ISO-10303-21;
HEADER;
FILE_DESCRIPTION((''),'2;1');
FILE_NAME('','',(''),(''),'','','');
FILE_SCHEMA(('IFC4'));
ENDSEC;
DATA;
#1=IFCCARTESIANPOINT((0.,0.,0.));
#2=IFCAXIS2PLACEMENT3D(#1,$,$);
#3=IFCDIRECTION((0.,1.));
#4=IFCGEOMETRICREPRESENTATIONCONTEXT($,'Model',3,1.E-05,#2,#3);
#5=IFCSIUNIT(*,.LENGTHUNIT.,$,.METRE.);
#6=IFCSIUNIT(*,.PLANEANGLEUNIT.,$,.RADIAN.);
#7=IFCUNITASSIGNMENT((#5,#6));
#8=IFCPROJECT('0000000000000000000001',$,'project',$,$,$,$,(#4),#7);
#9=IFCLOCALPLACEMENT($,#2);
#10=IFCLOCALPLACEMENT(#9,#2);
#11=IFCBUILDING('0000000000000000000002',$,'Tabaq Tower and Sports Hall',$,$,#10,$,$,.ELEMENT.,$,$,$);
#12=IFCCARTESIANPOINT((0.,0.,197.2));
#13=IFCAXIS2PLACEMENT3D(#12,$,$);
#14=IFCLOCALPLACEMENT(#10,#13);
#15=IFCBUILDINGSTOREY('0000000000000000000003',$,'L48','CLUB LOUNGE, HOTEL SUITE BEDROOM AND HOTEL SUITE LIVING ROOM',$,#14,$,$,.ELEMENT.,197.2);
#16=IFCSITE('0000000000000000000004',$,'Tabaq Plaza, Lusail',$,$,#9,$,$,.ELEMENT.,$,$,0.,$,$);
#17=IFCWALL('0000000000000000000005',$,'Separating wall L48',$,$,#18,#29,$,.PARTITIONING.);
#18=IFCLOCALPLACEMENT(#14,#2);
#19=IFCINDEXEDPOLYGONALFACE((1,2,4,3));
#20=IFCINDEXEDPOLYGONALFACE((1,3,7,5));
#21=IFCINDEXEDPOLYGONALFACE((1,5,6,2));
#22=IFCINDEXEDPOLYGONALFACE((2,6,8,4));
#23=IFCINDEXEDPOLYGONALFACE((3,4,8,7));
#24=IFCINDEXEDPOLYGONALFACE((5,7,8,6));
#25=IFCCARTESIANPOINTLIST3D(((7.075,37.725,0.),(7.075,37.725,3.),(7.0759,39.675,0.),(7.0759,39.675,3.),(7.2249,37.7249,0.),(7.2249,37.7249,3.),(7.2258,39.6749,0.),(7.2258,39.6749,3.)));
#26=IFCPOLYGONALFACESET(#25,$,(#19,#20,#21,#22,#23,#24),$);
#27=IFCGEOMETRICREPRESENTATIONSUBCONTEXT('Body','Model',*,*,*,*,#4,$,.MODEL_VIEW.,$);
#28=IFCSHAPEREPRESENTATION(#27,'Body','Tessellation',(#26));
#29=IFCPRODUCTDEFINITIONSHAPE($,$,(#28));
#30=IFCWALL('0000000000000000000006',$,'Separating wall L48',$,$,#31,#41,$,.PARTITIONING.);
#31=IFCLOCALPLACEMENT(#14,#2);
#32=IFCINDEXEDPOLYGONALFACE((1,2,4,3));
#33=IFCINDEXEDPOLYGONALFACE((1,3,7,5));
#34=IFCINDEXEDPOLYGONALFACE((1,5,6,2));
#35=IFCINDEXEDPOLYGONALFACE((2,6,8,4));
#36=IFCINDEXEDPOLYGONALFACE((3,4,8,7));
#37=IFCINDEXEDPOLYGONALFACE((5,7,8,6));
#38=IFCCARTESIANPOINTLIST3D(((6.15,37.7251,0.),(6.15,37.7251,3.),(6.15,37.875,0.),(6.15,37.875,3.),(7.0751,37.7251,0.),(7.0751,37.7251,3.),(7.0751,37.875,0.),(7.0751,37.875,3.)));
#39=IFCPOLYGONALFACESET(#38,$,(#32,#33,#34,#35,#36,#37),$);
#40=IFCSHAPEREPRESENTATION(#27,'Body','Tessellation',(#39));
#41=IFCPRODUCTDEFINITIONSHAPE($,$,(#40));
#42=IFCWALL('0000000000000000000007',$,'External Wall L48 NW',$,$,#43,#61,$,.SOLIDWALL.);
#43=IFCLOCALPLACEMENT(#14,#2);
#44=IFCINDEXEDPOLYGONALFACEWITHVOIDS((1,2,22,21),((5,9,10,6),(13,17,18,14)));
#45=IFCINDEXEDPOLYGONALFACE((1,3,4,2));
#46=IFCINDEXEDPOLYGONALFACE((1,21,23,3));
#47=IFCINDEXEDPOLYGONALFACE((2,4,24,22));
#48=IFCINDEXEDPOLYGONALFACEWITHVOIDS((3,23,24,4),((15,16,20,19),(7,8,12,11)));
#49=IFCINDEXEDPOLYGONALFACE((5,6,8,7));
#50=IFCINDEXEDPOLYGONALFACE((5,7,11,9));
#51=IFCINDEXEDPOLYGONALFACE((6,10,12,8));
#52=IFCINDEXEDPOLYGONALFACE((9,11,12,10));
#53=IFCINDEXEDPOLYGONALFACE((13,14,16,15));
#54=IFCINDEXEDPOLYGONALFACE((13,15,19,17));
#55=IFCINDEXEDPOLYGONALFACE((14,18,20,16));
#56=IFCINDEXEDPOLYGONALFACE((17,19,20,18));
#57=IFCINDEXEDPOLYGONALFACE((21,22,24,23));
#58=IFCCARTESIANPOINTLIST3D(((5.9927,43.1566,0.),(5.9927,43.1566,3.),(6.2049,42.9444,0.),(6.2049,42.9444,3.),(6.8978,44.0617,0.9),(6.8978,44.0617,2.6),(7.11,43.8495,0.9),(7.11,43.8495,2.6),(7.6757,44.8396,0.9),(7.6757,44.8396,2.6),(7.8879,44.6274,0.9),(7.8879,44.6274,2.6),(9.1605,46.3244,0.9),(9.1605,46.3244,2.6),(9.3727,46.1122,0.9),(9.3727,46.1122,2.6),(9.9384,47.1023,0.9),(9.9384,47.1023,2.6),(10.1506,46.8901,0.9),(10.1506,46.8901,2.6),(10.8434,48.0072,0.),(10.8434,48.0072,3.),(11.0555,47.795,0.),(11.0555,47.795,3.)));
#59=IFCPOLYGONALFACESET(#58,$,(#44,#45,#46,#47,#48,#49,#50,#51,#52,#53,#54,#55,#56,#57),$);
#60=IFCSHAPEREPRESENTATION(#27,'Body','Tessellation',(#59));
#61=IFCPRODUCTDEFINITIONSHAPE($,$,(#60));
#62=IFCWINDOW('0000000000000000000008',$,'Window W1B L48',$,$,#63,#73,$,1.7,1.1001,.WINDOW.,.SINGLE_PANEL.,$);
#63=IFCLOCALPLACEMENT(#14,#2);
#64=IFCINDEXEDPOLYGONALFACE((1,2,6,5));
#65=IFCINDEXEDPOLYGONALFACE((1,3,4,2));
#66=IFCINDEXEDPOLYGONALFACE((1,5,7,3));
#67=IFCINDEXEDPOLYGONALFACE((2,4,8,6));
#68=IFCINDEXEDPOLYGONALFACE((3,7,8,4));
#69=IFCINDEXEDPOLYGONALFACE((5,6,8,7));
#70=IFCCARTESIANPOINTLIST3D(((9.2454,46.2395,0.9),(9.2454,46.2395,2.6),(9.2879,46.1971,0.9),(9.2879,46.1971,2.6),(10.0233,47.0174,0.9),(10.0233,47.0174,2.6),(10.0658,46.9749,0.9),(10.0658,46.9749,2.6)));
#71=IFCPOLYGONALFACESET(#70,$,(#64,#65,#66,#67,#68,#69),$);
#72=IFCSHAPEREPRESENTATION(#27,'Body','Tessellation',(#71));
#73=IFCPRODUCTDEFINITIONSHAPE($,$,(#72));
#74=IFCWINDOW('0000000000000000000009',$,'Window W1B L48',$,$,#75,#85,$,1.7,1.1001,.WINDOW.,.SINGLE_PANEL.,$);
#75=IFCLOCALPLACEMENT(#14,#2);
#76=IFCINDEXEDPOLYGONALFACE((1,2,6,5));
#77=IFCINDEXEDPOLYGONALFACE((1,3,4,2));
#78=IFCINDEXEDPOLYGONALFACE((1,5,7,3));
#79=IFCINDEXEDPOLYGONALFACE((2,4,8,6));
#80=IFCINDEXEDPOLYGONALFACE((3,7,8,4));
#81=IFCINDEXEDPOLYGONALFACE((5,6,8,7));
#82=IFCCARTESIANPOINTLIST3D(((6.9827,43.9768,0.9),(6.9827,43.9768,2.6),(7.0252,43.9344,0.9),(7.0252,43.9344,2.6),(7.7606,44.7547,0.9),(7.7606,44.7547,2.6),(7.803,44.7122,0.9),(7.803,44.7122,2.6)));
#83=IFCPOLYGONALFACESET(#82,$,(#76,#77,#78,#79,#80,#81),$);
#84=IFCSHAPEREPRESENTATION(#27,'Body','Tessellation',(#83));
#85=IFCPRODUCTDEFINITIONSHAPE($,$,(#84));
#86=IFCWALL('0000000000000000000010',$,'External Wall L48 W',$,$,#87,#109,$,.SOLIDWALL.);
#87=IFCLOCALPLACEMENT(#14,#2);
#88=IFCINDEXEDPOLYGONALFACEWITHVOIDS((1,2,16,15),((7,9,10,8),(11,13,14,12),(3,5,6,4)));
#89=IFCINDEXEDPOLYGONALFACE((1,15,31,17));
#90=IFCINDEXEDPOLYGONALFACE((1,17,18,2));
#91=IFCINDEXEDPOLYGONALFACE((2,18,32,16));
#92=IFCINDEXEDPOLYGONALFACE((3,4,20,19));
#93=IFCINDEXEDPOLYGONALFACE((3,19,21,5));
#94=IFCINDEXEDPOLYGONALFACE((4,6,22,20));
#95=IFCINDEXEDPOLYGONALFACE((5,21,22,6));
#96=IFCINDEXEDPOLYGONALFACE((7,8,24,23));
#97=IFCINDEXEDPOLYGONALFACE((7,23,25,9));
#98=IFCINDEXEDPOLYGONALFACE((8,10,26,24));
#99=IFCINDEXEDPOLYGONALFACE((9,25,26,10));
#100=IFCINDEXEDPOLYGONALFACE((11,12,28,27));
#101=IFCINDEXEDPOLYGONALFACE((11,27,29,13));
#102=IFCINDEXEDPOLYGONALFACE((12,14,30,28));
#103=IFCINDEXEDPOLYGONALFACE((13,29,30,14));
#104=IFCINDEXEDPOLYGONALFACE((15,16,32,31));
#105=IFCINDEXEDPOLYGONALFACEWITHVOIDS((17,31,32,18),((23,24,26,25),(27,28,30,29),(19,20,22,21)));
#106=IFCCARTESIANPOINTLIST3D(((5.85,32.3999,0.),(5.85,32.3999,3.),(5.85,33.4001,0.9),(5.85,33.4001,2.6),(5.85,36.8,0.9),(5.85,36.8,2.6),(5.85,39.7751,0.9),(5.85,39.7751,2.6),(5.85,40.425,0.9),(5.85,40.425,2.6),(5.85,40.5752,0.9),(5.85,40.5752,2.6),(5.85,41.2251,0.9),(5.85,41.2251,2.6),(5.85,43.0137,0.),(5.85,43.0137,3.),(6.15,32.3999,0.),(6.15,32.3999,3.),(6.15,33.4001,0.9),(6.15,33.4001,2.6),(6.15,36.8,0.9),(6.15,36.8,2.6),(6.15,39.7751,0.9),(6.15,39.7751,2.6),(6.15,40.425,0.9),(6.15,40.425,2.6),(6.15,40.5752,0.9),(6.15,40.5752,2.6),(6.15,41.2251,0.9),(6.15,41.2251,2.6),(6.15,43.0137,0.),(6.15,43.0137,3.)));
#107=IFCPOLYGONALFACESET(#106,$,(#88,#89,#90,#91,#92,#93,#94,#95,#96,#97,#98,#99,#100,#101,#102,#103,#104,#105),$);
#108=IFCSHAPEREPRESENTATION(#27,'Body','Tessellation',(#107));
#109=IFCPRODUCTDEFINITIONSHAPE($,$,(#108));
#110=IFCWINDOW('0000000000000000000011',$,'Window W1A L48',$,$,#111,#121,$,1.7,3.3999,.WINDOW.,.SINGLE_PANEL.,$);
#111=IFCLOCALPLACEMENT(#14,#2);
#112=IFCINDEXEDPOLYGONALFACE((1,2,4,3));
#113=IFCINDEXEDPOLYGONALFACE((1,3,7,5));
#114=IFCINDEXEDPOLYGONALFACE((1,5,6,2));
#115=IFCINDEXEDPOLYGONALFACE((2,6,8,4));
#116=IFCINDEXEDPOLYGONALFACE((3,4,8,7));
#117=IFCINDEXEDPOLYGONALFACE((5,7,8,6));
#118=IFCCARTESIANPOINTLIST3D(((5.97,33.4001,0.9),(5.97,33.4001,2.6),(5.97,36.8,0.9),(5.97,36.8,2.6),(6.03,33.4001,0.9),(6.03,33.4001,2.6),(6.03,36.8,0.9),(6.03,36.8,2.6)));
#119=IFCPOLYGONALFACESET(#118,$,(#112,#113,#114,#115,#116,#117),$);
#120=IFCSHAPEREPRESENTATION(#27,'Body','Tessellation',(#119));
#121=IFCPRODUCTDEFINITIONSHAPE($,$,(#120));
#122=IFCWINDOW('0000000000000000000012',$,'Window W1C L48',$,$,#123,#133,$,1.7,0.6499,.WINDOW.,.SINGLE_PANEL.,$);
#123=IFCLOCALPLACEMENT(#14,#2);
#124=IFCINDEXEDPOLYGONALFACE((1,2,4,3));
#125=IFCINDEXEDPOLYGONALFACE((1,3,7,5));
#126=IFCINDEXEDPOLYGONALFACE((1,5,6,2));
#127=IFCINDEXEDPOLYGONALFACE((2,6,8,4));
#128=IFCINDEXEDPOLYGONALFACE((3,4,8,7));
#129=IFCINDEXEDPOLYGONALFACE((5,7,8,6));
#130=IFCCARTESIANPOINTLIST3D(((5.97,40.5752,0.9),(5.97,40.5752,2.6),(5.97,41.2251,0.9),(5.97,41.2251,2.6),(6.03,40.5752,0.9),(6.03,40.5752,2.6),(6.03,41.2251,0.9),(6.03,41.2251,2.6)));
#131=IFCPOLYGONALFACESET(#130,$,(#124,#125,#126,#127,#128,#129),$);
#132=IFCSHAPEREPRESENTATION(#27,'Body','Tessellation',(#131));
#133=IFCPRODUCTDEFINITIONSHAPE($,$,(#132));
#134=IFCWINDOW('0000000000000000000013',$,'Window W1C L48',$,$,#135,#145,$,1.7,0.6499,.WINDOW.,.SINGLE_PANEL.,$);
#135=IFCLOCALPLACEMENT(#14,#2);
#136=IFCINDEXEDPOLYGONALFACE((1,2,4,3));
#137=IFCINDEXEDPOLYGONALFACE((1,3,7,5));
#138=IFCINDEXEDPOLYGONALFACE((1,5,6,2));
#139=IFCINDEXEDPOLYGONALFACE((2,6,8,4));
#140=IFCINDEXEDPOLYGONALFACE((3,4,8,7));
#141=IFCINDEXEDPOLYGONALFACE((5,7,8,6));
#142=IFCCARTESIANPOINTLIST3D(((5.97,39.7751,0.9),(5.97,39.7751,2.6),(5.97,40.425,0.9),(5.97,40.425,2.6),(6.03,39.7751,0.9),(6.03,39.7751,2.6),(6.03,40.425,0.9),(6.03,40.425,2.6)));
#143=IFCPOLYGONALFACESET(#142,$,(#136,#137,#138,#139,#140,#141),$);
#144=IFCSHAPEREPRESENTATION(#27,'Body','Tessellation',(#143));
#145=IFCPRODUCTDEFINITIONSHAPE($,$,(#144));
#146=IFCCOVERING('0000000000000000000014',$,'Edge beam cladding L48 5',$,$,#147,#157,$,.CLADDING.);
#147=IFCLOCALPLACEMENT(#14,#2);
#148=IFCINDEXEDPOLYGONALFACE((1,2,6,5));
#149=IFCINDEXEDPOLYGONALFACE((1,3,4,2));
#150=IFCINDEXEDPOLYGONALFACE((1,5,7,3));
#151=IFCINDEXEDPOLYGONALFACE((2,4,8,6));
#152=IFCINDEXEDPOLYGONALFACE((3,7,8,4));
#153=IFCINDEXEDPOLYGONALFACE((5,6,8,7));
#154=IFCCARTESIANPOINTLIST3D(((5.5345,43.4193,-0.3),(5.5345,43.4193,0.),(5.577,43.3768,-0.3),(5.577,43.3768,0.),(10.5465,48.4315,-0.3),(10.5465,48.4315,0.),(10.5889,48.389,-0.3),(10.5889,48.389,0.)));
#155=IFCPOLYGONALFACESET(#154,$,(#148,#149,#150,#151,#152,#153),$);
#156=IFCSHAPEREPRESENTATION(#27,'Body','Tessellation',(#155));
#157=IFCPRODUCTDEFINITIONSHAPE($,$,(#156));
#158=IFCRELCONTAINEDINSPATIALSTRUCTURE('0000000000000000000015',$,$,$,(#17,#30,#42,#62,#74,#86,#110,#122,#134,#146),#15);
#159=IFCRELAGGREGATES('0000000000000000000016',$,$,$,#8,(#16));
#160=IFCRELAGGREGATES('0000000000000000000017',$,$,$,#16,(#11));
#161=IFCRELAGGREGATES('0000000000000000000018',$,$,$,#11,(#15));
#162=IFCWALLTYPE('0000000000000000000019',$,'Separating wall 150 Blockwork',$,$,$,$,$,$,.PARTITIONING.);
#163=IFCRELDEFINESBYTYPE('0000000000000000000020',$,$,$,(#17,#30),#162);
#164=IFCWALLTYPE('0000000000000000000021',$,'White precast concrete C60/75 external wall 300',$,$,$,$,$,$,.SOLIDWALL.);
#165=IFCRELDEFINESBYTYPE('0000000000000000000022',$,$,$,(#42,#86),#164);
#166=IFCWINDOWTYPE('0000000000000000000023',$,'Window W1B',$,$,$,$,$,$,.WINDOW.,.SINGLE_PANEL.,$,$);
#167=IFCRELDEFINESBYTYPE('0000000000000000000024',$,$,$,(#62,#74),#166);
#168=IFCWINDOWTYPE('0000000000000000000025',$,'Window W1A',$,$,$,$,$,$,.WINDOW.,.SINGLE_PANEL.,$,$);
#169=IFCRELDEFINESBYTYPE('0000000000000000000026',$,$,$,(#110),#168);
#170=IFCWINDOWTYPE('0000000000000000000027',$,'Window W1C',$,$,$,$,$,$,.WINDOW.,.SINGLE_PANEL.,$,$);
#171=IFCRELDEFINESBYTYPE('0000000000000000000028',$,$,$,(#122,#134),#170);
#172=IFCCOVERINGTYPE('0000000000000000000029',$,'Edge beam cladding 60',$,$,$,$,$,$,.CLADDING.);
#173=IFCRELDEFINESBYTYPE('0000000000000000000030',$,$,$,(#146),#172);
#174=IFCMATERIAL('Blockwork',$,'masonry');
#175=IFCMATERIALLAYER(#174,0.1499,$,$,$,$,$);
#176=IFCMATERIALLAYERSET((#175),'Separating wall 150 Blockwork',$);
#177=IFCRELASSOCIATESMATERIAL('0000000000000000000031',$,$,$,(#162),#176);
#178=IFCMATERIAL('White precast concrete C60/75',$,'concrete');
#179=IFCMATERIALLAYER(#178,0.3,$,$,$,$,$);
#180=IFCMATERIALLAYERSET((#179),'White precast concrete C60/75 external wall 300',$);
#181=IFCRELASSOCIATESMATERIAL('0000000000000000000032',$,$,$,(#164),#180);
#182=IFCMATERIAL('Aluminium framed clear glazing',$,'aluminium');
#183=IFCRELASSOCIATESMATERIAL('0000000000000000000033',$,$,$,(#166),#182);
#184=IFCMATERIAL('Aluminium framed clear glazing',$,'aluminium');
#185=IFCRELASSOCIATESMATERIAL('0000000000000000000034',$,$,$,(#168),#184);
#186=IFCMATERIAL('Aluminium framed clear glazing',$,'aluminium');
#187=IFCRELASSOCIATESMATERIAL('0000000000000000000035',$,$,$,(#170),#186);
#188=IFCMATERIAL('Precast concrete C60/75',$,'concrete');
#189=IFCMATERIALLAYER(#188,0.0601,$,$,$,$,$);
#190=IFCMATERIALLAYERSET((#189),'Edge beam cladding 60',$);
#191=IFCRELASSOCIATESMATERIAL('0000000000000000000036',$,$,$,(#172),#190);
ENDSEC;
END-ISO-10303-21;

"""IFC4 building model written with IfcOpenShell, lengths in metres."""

from ifc_helpers import new_model, si_unit, direction, frame, frame_2d, origin, place, context, subcontext, project, spatial, rectangle, extrude, material, layer, layer_set, type_object, element, fill, save


model = new_model("IFC4")

# Units and contexts
model_context = context("Model", 3, precision=1e-05, world=origin(), true_north=direction((0.0, 1.0)))
body_context = subcontext(model_context, "Body", "Model", "MODEL_VIEW")
ifc_project = project(units=[si_unit("LENGTHUNIT", "METRE"), si_unit("PLANEANGLEUNIT", "RADIAN")], contexts=[model_context])

# Site, building, storey
site_placement = place(None, origin())
site = spatial("IfcSite", under=ifc_project, at=site_placement, Name="Tabaq Plaza, Lusail", CompositionType="ELEMENT", RefElevation=0.0)
building_placement = place(site_placement, origin())
building = spatial("IfcBuilding", under=site, at=building_placement, Name="Tabaq Tower and Sports Hall", CompositionType="ELEMENT")
storey_placement = place(building_placement, frame((0.0, 0.0, 197.2)))
storey = spatial("IfcBuildingStorey", under=building, at=storey_placement, Name="L48", Description="CLUB LOUNGE, HOTEL SUITE BEDROOM AND HOTEL SUITE LIVING ROOM", CompositionType="ELEMENT", Elevation=197.2)

# Walls
ifc_material_1 = material(Name="Blockwork", Category="masonry")
ifc_layer_1 = layer(ifc_material_1, 0.1499)
ifc_layer_set_1 = layer_set([ifc_layer_1], Name="Separating wall 150 Blockwork")
wall_type_1 = type_object("IfcWallType", Name="Separating wall 150 Blockwork", PredefinedType="PARTITIONING", material=ifc_layer_set_1)
wall_1_placement = place(storey_placement, frame((7.1509, 39.675, 0.0), z_axis=(0.0, 0.0, 1.0), x_axis=(-0.000501, -1.0, 0.0)))
element("IfcWall", 1, at=wall_1_placement, inside=storey, type_object=wall_type_1, Name="Separating wall L48", PredefinedType="PARTITIONING", context=body_context, shape_type="SweptSolid", body=[
    extrude(rectangle(XDim=1.95, YDim=0.1499, at=frame_2d((0.9751, 0.0))), origin(), (0.0, 0.0, 1.0), 3.0),
])
wall_2_placement = place(storey_placement, frame((7.075, 37.8, 0.0), z_axis=(0.0, 0.0, 1.0), x_axis=(-1.0, 0.0, 0.0)))
element("IfcWall", 2, at=wall_2_placement, inside=storey, type_object=wall_type_1, Name="Separating wall L48", PredefinedType="PARTITIONING", context=body_context, shape_type="SweptSolid", body=[
    extrude(rectangle(XDim=0.925, YDim=0.1499, at=frame_2d((0.4624, 0.0))), origin(), (0.0, 0.0, 1.0), 3.0),
])

# Walls, openings, windows
ifc_material_2 = material(Name="White precast concrete C60/75", Category="concrete")
ifc_layer_2 = layer(ifc_material_2, 0.3)
ifc_layer_set_2 = layer_set([ifc_layer_2], Name="White precast concrete C60/75 external wall 300")
wall_type_2 = type_object("IfcWallType", Name="White precast concrete C60/75 external wall 300", PredefinedType="SOLIDWALL", material=ifc_layer_set_2)
wall_3_placement = place(storey_placement, frame((10.9495, 47.9011, 0.0), z_axis=(0.0, 0.0, 1.0), x_axis=(-0.707107, -0.707107, 0.0)))
wall_3 = element("IfcWall", 3, at=wall_3_placement, inside=storey, type_object=wall_type_2, Name="External Wall L48 NW", PredefinedType="SOLIDWALL", context=body_context, shape_type="SweptSolid", body=[
    extrude(rectangle(XDim=6.8599, YDim=0.3, at=frame_2d((3.4299, 0.0))), origin(), (0.0, 0.0, 1.0), 3.0),
])
opening_1_placement = place(wall_3_placement, frame((1.2798, 0.0, 0.8999)))
opening_1 = element("IfcOpeningElement", 4, at=opening_1_placement, cuts=wall_3, PredefinedType="OPENING", context=body_context, shape_type="SweptSolid", body=[
    extrude(rectangle(XDim=1.1001, YDim=1.7, at=frame_2d((0.55, 0.8501))), frame((0.0, 0.1602, 0.0), z_axis=(0.0, -1.0, 0.0), x_axis=(1.0, 0.0, 0.0)), (0.0, 0.0, 1.0), 0.3201),
])
opening_2_placement = place(wall_3_placement, frame((4.4797, 0.0, 0.8999)))
opening_2 = element("IfcOpeningElement", 5, at=opening_2_placement, cuts=wall_3, PredefinedType="OPENING", context=body_context, shape_type="SweptSolid", body=[
    extrude(rectangle(XDim=1.1001, YDim=1.7, at=frame_2d((0.55, 0.8501))), frame((0.0, 0.1602, 0.0), z_axis=(0.0, -1.0, 0.0), x_axis=(1.0, 0.0, 0.0)), (0.0, 0.0, 1.0), 0.3201),
])
ifc_material_3 = material(Name="Aluminium framed clear glazing", Category="aluminium")
window_type_1 = type_object("IfcWindowType", Name="Window W1B", PartitioningType="SINGLE_PANEL", PredefinedType="WINDOW", material=ifc_material_3)
window_1_placement = place(opening_1_placement, origin())
window_1 = element("IfcWindow", 6, at=window_1_placement, inside=storey, type_object=window_type_1, Name="Window W1B L48", OverallHeight=1.7, OverallWidth=1.1001, PartitioningType="SINGLE_PANEL", PredefinedType="WINDOW", context=body_context, shape_type="SweptSolid", body=[
    extrude(rectangle(XDim=1.1001, YDim=1.7, at=frame_2d((0.55, 0.8501))), frame((0.0, 0.03, 0.0), z_axis=(0.0, -1.0, 0.0), x_axis=(1.0, 0.0, 0.0)), (0.0, 0.0, 1.0), 0.0601),
])
fill(opening_1, window_1)
window_2_placement = place(opening_2_placement, origin())
window_2 = element("IfcWindow", 7, at=window_2_placement, inside=storey, type_object=window_type_1, Name="Window W1B L48", OverallHeight=1.7, OverallWidth=1.1001, PartitioningType="SINGLE_PANEL", PredefinedType="WINDOW", context=body_context, shape_type="SweptSolid", body=[
    extrude(rectangle(XDim=1.1001, YDim=1.7, at=frame_2d((0.55, 0.8501))), frame((0.0, 0.03, 0.0), z_axis=(0.0, -1.0, 0.0), x_axis=(1.0, 0.0, 0.0)), (0.0, 0.0, 1.0), 0.0601),
])
fill(opening_2, window_2)
wall_4_placement = place(storey_placement, frame((6.0, 43.0137, 0.0), z_axis=(0.0, 0.0, 1.0), x_axis=(0.0, -1.0, 0.0)))
wall_4 = element("IfcWall", 8, at=wall_4_placement, inside=storey, type_object=wall_type_2, Name="External Wall L48 W", PredefinedType="SOLIDWALL", context=body_context, shape_type="SweptSolid", body=[
    extrude(rectangle(XDim=10.6138, YDim=0.3, at=frame_2d((5.3069, 0.0))), origin(), (0.0, 0.0, 1.0), 3.0),
])
opening_3_placement = place(wall_4_placement, frame((1.7886, 0.0, 0.8999)))
opening_3 = element("IfcOpeningElement", 9, at=opening_3_placement, cuts=wall_4, PredefinedType="OPENING", context=body_context, shape_type="SweptSolid", body=[
    extrude(rectangle(XDim=0.6499, YDim=1.7, at=frame_2d((0.325, 0.8501))), frame((0.0, 0.1602, 0.0), z_axis=(0.0, -1.0, 0.0), x_axis=(1.0, 0.0, 0.0)), (0.0, 0.0, 1.0), 0.3201),
])
opening_4_placement = place(wall_4_placement, frame((2.5886, 0.0, 0.8999)))
opening_4 = element("IfcOpeningElement", 10, at=opening_4_placement, cuts=wall_4, PredefinedType="OPENING", context=body_context, shape_type="SweptSolid", body=[
    extrude(rectangle(XDim=0.6499, YDim=1.7, at=frame_2d((0.325, 0.8501))), frame((0.0, 0.1602, 0.0), z_axis=(0.0, -1.0, 0.0), x_axis=(1.0, 0.0, 0.0)), (0.0, 0.0, 1.0), 0.3201),
])
opening_5_placement = place(wall_4_placement, frame((6.2136, 0.0, 0.8999)))
opening_5 = element("IfcOpeningElement", 11, at=opening_5_placement, cuts=wall_4, PredefinedType="OPENING", context=body_context, shape_type="SweptSolid", body=[
    extrude(rectangle(XDim=3.3999, YDim=1.7, at=frame_2d((1.7, 0.8501))), frame((0.0, 0.1602, 0.0), z_axis=(0.0, -1.0, 0.0), x_axis=(1.0, 0.0, 0.0)), (0.0, 0.0, 1.0), 0.3201),
])
ifc_material_4 = material(Name="Aluminium framed clear glazing", Category="aluminium")
window_type_2 = type_object("IfcWindowType", Name="Window W1A", PartitioningType="SINGLE_PANEL", PredefinedType="WINDOW", material=ifc_material_4)
window_3_placement = place(opening_5_placement, origin())
window_3 = element("IfcWindow", 12, at=window_3_placement, inside=storey, type_object=window_type_2, Name="Window W1A L48", OverallHeight=1.7, OverallWidth=3.3999, PartitioningType="SINGLE_PANEL", PredefinedType="WINDOW", context=body_context, shape_type="SweptSolid", body=[
    extrude(rectangle(XDim=3.3999, YDim=1.7, at=frame_2d((1.7, 0.8501))), frame((0.0, 0.03, 0.0), z_axis=(0.0, -1.0, 0.0), x_axis=(1.0, 0.0, 0.0)), (0.0, 0.0, 1.0), 0.0601),
])
fill(opening_5, window_3)
ifc_material_5 = material(Name="Aluminium framed clear glazing", Category="aluminium")
window_type_3 = type_object("IfcWindowType", Name="Window W1C", PartitioningType="SINGLE_PANEL", PredefinedType="WINDOW", material=ifc_material_5)
window_4_placement = place(opening_3_placement, origin())
window_4 = element("IfcWindow", 13, at=window_4_placement, inside=storey, type_object=window_type_3, Name="Window W1C L48", OverallHeight=1.7, OverallWidth=0.6499, PartitioningType="SINGLE_PANEL", PredefinedType="WINDOW", context=body_context, shape_type="SweptSolid", body=[
    extrude(rectangle(XDim=0.6499, YDim=1.7, at=frame_2d((0.325, 0.8501))), frame((0.0, 0.03, 0.0), z_axis=(0.0, -1.0, 0.0), x_axis=(1.0, 0.0, 0.0)), (0.0, 0.0, 1.0), 0.0601),
])
fill(opening_3, window_4)
window_5_placement = place(opening_4_placement, origin())
window_5 = element("IfcWindow", 14, at=window_5_placement, inside=storey, type_object=window_type_3, Name="Window W1C L48", OverallHeight=1.7, OverallWidth=0.6499, PartitioningType="SINGLE_PANEL", PredefinedType="WINDOW", context=body_context, shape_type="SweptSolid", body=[
    extrude(rectangle(XDim=0.6499, YDim=1.7, at=frame_2d((0.325, 0.8501))), frame((0.0, 0.03, 0.0), z_axis=(0.0, -1.0, 0.0), x_axis=(1.0, 0.0, 0.0)), (0.0, 0.0, 1.0), 0.0601),
])
fill(opening_4, window_5)

# Covering
ifc_material_6 = material(Name="Precast concrete C60/75", Category="concrete")
ifc_layer_3 = layer(ifc_material_6, 0.0601)
ifc_layer_set_3 = layer_set([ifc_layer_3], Name="Edge beam cladding 60")
covering_type_1 = type_object("IfcCoveringType", Name="Edge beam cladding 60", PredefinedType="CLADDING", material=ifc_layer_set_3)
covering_1_placement = place(storey_placement, frame((10.5676, 48.4102, -0.3), z_axis=(0.0, 0.0, 1.0), x_axis=(-0.70709, -0.707124, 0.0)))
element("IfcCovering", 15, at=covering_1_placement, inside=storey, type_object=covering_type_1, Name="Edge beam cladding L48 5", PredefinedType="CLADDING", context=body_context, shape_type="SweptSolid", body=[
    extrude(rectangle(XDim=7.0881, YDim=0.0601, at=frame_2d((3.5439, 0.0))), origin(), (0.0, 0.0, 1.0), 0.3),
])

save(model, "model.ifc")
